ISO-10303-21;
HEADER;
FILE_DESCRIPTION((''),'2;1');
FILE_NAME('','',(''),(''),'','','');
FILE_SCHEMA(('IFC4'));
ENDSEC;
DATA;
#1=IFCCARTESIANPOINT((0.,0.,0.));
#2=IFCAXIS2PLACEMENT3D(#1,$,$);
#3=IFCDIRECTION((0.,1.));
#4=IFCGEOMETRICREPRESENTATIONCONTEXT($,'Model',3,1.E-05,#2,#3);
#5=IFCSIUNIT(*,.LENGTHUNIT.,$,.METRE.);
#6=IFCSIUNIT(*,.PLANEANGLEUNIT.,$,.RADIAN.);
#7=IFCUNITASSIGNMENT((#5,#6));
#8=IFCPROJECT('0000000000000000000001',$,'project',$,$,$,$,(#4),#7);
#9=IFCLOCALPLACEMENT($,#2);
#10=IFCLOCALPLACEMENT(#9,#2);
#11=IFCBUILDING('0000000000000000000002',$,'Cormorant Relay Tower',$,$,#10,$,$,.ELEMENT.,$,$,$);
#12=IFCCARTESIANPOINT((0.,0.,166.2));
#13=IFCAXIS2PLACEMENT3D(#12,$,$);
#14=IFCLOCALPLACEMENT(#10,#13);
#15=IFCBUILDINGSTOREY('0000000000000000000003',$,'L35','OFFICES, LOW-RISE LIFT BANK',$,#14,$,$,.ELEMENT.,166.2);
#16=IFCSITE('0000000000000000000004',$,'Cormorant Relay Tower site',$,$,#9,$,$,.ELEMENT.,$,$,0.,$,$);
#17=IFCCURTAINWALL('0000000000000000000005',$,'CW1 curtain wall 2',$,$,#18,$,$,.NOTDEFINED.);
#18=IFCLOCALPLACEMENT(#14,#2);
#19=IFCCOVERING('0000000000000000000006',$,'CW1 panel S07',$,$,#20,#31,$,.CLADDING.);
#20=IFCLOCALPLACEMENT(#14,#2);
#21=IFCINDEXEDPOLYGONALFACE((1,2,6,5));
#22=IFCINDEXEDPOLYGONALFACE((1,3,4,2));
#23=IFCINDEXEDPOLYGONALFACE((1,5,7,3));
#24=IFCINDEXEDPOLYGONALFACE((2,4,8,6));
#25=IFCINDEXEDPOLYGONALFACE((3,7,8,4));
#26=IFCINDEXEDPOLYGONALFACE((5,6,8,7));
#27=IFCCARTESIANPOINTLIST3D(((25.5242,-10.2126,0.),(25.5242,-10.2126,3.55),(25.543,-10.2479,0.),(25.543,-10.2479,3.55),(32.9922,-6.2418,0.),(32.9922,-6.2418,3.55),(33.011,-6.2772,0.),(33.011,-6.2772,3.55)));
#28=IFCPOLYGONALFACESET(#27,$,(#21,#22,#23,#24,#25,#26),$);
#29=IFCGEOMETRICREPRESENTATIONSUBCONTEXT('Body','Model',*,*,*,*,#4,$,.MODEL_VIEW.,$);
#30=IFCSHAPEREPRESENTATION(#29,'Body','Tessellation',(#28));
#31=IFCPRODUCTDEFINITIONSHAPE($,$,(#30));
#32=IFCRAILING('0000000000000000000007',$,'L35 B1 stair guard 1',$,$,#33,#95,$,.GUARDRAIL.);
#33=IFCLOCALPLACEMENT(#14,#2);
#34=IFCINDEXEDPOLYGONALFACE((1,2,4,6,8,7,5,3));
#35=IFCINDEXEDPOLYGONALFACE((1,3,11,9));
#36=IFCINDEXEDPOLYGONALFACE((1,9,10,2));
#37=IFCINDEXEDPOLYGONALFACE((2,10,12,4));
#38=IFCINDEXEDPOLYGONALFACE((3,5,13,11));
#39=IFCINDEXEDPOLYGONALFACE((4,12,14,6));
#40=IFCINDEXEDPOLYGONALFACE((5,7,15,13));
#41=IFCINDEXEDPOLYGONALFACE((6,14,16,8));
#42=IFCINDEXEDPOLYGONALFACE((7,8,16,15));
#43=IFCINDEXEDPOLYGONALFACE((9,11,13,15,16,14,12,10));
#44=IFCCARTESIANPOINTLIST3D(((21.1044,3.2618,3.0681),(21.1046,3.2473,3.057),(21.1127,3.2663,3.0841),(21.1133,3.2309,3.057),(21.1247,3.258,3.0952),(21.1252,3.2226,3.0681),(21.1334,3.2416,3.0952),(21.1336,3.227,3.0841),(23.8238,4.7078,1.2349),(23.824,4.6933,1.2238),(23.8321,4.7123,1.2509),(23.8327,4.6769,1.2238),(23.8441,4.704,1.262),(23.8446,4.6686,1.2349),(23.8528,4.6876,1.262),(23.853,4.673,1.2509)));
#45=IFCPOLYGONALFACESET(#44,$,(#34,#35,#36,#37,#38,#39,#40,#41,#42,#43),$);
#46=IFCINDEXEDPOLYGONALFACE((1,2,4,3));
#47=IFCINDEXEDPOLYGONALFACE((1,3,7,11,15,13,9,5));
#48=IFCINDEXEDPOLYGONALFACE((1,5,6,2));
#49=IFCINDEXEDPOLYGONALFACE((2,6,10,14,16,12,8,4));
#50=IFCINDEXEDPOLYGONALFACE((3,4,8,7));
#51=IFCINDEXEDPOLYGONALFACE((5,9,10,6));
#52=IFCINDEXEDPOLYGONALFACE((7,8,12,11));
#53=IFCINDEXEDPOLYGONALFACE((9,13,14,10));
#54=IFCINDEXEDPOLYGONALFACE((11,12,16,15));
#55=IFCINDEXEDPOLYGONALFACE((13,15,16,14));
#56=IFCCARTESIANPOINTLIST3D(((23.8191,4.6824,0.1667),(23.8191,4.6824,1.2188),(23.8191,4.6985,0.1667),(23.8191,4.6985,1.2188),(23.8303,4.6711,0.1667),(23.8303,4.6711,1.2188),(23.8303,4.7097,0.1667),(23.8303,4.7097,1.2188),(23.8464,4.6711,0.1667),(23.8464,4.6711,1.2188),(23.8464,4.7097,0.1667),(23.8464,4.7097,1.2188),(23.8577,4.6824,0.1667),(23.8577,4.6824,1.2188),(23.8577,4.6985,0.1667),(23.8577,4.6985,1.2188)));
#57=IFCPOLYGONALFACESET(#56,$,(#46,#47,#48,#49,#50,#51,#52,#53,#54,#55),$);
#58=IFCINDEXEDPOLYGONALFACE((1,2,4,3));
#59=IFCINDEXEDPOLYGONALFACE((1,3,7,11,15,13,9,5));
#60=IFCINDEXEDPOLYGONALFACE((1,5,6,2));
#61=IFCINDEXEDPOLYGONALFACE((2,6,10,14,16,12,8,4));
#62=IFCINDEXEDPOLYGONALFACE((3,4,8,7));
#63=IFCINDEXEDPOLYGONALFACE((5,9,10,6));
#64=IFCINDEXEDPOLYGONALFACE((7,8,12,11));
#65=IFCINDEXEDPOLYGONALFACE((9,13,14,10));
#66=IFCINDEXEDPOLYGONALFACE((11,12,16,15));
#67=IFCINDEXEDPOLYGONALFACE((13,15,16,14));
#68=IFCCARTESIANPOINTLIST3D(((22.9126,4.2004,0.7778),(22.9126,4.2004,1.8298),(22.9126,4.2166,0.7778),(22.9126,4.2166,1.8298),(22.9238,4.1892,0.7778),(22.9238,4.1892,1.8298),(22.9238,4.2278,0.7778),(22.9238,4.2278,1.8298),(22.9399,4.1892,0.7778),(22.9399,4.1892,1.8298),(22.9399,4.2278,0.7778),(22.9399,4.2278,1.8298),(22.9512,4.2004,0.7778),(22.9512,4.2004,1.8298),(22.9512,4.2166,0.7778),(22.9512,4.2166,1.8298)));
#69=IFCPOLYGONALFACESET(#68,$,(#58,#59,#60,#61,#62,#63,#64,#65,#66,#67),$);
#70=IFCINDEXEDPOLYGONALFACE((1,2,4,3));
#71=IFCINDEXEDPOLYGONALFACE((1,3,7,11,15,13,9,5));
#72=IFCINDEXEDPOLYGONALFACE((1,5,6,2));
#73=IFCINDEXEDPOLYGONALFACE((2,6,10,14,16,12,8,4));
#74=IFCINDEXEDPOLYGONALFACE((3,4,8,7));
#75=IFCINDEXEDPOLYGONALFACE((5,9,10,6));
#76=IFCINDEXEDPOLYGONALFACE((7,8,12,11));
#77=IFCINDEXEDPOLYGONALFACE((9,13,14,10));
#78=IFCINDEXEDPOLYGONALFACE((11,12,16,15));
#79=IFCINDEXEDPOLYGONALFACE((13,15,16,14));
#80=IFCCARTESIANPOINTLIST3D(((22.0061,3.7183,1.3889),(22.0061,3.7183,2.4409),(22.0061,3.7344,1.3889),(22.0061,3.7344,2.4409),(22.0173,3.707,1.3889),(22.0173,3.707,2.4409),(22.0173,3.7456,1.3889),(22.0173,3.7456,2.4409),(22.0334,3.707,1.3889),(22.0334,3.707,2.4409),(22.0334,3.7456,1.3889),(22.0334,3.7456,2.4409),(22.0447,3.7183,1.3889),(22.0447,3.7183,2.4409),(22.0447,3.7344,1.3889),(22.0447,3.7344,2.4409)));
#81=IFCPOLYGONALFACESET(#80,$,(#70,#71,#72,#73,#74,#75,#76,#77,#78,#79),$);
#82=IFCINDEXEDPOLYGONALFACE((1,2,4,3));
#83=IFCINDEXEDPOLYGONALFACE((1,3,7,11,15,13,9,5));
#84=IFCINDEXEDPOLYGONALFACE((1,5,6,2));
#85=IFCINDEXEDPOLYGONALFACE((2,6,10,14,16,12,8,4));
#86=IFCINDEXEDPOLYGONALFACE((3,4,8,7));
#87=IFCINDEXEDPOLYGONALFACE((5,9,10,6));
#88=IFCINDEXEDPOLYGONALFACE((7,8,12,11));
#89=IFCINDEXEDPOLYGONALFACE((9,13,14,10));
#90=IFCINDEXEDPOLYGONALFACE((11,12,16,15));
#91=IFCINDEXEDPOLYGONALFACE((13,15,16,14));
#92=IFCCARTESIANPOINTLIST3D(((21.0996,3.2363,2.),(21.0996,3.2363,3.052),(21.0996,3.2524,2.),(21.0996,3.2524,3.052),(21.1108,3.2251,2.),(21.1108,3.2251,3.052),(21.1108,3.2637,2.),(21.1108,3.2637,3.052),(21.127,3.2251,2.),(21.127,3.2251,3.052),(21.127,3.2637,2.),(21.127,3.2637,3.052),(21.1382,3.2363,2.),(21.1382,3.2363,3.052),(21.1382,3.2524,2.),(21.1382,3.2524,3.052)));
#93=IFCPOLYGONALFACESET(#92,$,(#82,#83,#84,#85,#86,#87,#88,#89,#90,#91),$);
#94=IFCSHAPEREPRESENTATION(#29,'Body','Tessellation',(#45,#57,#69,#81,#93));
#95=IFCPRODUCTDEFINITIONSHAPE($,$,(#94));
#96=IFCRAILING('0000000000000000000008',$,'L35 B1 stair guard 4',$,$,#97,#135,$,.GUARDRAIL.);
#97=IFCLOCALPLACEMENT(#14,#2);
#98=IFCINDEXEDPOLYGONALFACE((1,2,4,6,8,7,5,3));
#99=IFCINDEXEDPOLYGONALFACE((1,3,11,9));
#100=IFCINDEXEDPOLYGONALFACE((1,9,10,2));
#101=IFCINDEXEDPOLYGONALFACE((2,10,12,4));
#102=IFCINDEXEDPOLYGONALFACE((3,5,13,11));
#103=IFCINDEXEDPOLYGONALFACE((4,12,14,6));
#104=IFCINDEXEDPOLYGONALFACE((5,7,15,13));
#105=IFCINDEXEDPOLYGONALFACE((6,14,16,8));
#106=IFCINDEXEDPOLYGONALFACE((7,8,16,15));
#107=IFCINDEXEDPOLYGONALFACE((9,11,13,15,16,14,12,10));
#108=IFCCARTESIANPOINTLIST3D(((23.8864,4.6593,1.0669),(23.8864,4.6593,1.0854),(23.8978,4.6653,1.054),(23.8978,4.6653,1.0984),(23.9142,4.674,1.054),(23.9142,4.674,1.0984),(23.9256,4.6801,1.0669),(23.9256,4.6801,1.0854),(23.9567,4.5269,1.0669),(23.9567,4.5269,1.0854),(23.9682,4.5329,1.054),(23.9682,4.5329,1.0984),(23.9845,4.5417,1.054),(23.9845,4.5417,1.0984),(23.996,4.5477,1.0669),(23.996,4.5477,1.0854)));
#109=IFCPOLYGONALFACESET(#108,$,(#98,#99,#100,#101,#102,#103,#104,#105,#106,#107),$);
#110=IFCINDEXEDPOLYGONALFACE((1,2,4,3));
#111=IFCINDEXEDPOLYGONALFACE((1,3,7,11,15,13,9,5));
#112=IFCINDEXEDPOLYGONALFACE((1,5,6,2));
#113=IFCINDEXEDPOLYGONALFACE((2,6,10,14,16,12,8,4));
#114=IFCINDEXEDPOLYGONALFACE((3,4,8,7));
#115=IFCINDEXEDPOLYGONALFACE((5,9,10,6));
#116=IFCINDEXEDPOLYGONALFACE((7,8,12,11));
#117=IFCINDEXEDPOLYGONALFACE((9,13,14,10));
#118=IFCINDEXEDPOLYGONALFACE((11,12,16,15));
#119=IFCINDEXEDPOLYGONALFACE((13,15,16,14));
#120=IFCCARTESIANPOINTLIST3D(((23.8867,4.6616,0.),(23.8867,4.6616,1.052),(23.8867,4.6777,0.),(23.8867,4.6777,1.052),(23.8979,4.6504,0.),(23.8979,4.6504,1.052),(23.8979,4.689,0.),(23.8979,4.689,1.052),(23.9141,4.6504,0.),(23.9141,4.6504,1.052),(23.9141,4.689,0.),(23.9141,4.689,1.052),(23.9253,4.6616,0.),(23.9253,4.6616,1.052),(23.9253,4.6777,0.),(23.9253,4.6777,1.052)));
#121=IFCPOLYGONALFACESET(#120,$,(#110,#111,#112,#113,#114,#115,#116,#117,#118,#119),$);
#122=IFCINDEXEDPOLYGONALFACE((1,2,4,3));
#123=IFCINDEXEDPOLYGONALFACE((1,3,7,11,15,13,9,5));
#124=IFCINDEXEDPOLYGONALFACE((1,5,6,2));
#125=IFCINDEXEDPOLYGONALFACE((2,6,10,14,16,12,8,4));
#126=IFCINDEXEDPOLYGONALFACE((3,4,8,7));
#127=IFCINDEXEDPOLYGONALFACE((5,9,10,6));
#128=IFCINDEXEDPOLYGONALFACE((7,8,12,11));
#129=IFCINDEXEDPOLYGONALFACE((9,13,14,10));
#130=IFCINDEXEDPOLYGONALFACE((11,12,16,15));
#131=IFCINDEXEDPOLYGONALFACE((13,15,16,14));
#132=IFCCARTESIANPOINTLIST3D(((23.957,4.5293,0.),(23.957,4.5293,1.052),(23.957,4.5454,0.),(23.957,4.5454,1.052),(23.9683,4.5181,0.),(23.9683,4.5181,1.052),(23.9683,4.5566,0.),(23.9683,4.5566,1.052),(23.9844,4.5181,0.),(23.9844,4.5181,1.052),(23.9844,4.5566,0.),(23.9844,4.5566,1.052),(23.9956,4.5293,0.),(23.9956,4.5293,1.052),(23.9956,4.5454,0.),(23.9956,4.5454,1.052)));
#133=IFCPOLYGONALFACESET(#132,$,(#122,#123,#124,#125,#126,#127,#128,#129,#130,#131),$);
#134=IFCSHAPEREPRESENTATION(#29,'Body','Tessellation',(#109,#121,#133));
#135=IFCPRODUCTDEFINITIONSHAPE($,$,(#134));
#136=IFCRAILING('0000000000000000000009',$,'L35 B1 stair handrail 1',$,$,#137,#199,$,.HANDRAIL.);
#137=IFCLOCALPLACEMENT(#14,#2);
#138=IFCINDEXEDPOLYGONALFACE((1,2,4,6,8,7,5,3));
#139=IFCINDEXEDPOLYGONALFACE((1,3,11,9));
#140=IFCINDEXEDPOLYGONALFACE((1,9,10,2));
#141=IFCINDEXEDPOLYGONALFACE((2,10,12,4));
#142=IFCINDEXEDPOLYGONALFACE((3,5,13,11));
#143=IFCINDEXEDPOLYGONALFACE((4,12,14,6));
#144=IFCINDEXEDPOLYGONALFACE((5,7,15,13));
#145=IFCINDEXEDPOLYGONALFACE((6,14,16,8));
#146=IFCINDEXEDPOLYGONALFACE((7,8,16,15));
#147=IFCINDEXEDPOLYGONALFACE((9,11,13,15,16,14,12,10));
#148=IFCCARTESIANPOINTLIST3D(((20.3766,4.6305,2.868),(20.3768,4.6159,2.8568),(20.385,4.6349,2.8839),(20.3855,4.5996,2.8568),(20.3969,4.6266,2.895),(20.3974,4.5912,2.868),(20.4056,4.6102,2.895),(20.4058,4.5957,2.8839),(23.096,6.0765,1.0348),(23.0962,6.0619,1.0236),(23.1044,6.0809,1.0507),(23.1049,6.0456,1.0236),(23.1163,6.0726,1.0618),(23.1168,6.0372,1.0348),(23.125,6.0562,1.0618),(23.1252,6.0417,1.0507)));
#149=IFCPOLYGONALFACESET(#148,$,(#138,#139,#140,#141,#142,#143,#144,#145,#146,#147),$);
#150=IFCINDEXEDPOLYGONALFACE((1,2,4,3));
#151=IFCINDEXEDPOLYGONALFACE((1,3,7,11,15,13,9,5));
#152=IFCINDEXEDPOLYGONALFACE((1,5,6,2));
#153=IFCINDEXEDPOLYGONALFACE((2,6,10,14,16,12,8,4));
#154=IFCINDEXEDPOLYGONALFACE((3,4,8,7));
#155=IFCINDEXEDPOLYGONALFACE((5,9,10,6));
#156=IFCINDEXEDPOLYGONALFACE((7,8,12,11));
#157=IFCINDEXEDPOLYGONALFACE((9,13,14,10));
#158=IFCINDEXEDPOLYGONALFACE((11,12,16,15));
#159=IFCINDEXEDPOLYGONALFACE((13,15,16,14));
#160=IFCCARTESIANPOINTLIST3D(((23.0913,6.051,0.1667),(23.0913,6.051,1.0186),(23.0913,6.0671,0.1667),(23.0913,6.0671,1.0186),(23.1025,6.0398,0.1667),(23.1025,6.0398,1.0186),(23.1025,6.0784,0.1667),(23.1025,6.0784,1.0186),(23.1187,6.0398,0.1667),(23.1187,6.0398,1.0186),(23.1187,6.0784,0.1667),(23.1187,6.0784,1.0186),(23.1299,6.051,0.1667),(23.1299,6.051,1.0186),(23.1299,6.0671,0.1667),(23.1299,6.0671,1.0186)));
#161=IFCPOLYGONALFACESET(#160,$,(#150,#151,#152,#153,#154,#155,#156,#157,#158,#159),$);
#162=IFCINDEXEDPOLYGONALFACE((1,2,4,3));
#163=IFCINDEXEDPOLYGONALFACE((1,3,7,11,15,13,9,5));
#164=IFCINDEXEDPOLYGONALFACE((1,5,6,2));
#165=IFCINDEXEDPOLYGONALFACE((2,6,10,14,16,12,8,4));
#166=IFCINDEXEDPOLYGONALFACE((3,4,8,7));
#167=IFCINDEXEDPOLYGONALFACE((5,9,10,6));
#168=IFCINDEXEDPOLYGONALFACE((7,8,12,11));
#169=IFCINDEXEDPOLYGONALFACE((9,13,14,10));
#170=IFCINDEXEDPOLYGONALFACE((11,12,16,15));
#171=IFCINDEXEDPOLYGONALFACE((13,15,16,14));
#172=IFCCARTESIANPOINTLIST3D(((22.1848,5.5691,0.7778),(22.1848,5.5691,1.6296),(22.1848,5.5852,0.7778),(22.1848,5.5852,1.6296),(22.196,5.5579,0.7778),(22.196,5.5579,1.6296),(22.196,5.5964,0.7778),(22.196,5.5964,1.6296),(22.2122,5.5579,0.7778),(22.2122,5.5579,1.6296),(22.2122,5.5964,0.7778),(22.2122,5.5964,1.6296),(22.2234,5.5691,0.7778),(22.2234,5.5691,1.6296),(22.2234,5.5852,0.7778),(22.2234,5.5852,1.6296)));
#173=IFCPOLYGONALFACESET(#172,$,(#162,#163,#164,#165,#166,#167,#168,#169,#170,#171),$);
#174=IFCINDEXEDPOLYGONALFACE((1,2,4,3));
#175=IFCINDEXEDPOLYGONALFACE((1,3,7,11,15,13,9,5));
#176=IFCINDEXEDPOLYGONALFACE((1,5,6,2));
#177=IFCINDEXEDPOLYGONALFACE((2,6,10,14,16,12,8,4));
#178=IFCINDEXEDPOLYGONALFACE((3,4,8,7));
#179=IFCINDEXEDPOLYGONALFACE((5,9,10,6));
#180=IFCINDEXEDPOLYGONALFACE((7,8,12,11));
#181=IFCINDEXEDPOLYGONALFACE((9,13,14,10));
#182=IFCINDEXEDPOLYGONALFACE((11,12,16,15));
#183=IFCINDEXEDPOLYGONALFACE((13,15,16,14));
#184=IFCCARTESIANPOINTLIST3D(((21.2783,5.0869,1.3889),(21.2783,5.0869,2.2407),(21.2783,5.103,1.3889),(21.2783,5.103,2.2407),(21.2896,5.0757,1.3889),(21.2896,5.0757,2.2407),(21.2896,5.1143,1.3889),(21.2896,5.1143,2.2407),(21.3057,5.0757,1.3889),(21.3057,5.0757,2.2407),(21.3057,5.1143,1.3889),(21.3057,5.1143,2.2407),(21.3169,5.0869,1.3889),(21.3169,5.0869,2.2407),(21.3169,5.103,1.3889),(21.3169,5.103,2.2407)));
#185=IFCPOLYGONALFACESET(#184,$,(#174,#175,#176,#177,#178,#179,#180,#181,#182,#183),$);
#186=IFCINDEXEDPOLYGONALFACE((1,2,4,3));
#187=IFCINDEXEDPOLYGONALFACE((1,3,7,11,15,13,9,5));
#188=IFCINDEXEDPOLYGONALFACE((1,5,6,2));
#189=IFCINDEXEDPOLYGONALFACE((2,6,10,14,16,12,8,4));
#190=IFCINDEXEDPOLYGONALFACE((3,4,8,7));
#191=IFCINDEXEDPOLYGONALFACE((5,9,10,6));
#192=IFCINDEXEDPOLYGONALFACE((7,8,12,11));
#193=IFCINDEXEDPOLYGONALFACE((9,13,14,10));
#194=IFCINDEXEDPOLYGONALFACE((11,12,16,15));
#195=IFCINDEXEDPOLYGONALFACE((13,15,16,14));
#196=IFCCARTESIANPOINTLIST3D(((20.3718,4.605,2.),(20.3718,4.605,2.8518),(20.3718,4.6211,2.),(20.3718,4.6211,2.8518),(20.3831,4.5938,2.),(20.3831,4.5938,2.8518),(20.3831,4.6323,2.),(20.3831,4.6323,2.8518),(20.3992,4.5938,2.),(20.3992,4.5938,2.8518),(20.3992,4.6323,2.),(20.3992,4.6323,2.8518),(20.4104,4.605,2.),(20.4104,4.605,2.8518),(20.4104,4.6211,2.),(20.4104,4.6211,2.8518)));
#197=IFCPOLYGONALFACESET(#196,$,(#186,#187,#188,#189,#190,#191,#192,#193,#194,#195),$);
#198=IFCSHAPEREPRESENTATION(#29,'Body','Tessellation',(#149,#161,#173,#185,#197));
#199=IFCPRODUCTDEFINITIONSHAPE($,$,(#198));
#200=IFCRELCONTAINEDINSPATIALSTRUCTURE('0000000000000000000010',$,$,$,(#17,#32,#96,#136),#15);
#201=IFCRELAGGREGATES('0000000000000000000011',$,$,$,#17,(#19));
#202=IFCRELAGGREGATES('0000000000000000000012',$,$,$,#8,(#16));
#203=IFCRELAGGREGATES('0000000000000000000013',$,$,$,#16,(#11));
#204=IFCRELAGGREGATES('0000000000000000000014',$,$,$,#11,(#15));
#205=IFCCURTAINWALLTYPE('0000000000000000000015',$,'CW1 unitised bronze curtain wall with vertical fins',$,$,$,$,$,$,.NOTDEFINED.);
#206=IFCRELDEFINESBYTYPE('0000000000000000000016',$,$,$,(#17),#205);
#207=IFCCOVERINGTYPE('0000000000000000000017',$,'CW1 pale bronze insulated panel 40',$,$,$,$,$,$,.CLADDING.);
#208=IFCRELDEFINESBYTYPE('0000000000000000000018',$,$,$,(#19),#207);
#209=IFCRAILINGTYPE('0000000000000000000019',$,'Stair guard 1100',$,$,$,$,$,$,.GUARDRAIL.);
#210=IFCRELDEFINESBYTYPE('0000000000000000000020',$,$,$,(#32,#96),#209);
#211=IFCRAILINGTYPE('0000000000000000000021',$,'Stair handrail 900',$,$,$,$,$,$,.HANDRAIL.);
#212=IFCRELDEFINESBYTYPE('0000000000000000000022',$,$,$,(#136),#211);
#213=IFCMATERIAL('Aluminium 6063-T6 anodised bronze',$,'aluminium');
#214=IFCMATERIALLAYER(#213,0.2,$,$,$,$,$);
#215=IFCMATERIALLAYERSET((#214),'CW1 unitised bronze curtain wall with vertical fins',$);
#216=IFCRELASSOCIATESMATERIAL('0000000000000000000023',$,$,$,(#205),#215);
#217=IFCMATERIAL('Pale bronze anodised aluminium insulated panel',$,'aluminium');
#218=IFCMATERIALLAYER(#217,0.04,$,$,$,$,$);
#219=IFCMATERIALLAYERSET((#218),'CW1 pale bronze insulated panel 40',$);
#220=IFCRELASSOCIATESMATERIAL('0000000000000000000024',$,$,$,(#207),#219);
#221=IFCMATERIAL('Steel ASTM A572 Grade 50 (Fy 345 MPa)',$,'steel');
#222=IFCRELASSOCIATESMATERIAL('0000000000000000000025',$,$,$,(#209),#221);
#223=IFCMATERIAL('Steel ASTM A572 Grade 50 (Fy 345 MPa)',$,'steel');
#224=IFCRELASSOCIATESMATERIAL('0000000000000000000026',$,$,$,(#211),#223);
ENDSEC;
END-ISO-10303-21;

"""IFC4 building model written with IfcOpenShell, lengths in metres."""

from ifc_helpers import new_model, si_unit, direction, frame, origin, origin_2d, place, context, subcontext, project, spatial, polyline, rectangle, outline, extrude, material, layer, layer_set, type_object, element, aggregate, save


model = new_model("IFC4")

# Units and contexts
model_context = context("Model", 3, precision=1e-05, world=origin(), true_north=direction((0.0, 1.0)))
body_context = subcontext(model_context, "Body", "Model", "MODEL_VIEW")
ifc_project = project(units=[si_unit("LENGTHUNIT", "METRE"), si_unit("PLANEANGLEUNIT", "RADIAN")], contexts=[model_context])

# Site, building, storey
site_placement = place(None, origin())
site = spatial("IfcSite", under=ifc_project, at=site_placement, Name="Cormorant Relay Tower site", CompositionType="ELEMENT", RefElevation=0.0)
building_placement = place(site_placement, origin())
building = spatial("IfcBuilding", under=site, at=building_placement, Name="Cormorant Relay Tower", CompositionType="ELEMENT")
storey_placement = place(building_placement, frame((0.0, 0.0, 166.2)))
storey = spatial("IfcBuildingStorey", under=building, at=storey_placement, Name="L35", Description="OFFICES, LOW-RISE LIFT BANK", CompositionType="ELEMENT", Elevation=166.2)

# Curtain wall
ifc_material_1 = material(Name="Aluminium 6063-T6 anodised bronze", Category="aluminium")
ifc_layer_1 = layer(ifc_material_1, 0.2)
ifc_layer_set_1 = layer_set([ifc_layer_1], Name="CW1 unitised bronze curtain wall with vertical fins")
curtain_wall_type = type_object("IfcCurtainWallType", Name="CW1 unitised bronze curtain wall with vertical fins", PredefinedType="NOTDEFINED", material=ifc_layer_set_1)
curtain_wall_placement = place(storey_placement, origin())
curtain_wall = element("IfcCurtainWall", 1, at=curtain_wall_placement, inside=storey, type_object=curtain_wall_type, Name="CW1 curtain wall 2", PredefinedType="NOTDEFINED")

# Covering
ifc_material_2 = material(Name="Pale bronze anodised aluminium insulated panel", Category="aluminium")
ifc_layer_2 = layer(ifc_material_2, 0.04)
ifc_layer_set_2 = layer_set([ifc_layer_2], Name="CW1 pale bronze insulated panel 40")
covering_type = type_object("IfcCoveringType", Name="CW1 pale bronze insulated panel 40", PredefinedType="CLADDING", material=ifc_layer_set_2)
covering_placement = place(storey_placement, frame((29.2676, -8.2449, 0.0), z_axis=(0.0, 0.0, 1.0), x_axis=(0.882948, 0.469472, 0.0)))
covering = element("IfcCovering", 2, at=covering_placement, type_object=covering_type, Name="CW1 panel S07", PredefinedType="CLADDING", context=body_context, shape_type="SweptSolid", body=[
    extrude(rectangle(XDim=8.458, YDim=0.04, at=origin_2d()), origin(), (0.0, 0.0, 1.0), 3.55),
])
aggregate(curtain_wall, [covering])

# Railings
ifc_material_3 = material(Name="Steel ASTM A572 Grade 50 (Fy 345 MPa)", Category="steel")
railing_type_1 = type_object("IfcRailingType", Name="Stair guard 1100", PredefinedType="GUARDRAIL", material=ifc_material_3)
railing_1_placement = place(storey_placement, frame((23.8384, 4.6904, 0.1667)))
element("IfcRailing", 3, at=railing_1_placement, inside=storey, type_object=railing_type_1, Name="L35 B1 stair guard 1", PredefinedType="GUARDRAIL", context=body_context, shape_type="SweptSolid", body=[
    extrude(outline(polyline([(0.0222, 0.0093), (0.0093, 0.0222), (-0.0093, 0.0222), (-0.0222, 0.0093), (-0.0222, -0.0093), (-0.0093, -0.0222), (0.0093, -0.0222), (0.0222, -0.0093), (0.0222, 0.0093)])), frame((0.0, 0.0, 1.0762), z_axis=(-0.758714, -0.403435, 0.511463), x_axis=(0.469489, -0.882938, 0.0)), (0.0, 0.0, 1.0), 3.5842),
    extrude(outline(polyline([(0.0193, 0.0081), (0.0081, 0.0193), (-0.0081, 0.0193), (-0.0193, 0.0081), (-0.0193, -0.0081), (-0.0081, -0.0193), (0.0081, -0.0193), (0.0193, -0.0081), (0.0193, 0.0081)])), origin(), (0.0, 0.0, 1.0), 1.052),
    extrude(outline(polyline([(0.0193, 0.0081), (0.0081, 0.0193), (-0.0081, 0.0193), (-0.0193, 0.0081), (-0.0193, -0.0081), (-0.0081, -0.0193), (0.0081, -0.0193), (0.0193, -0.0081), (0.0193, 0.0081)])), frame((-0.9065, -0.4819, 0.6111)), (0.0, 0.0, 1.0), 1.052),
    extrude(outline(polyline([(0.0193, 0.0081), (0.0081, 0.0193), (-0.0081, 0.0193), (-0.0193, 0.0081), (-0.0193, -0.0081), (-0.0081, -0.0193), (0.0081, -0.0193), (0.0193, -0.0081), (0.0193, 0.0081)])), frame((-1.813, -0.9641, 1.2222)), (0.0, 0.0, 1.0), 1.052),
    extrude(outline(polyline([(0.0193, 0.0081), (0.0081, 0.0193), (-0.0081, 0.0193), (-0.0193, 0.0081), (-0.0193, -0.0081), (-0.0081, -0.0193), (0.0081, -0.0193), (0.0193, -0.0081), (0.0193, 0.0081)])), frame((-2.7195, -1.446, 1.8333)), (0.0, 0.0, 1.0), 1.052),
])
railing_2_placement = place(storey_placement, frame((23.906, 4.6697, 0.0)))
element("IfcRailing", 4, at=railing_2_placement, inside=storey, type_object=railing_type_1, Name="L35 B1 stair guard 4", PredefinedType="GUARDRAIL", context=body_context, shape_type="SweptSolid", body=[
    extrude(outline(polyline([(0.0222, 0.0093), (0.0093, 0.0222), (-0.0093, 0.0222), (-0.0222, 0.0093), (-0.0222, -0.0093), (-0.0093, -0.0222), (0.0093, -0.0222), (0.0222, -0.0093), (0.0222, 0.0093)])), frame((0.0, 0.0, 1.0762), z_axis=(0.469235, -0.883074, 0.0), x_axis=(0.883074, 0.469235, 0.0)), (0.0, 0.0, 1.0), 0.1499),
    extrude(outline(polyline([(0.0193, 0.0081), (0.0081, 0.0193), (-0.0081, 0.0193), (-0.0193, 0.0081), (-0.0193, -0.0081), (-0.0081, -0.0193), (0.0081, -0.0193), (0.0193, -0.0081), (0.0193, 0.0081)])), origin(), (0.0, 0.0, 1.0), 1.052),
    extrude(outline(polyline([(0.0193, 0.0081), (0.0081, 0.0193), (-0.0081, 0.0193), (-0.0193, 0.0081), (-0.0193, -0.0081), (-0.0081, -0.0193), (0.0081, -0.0193), (0.0193, -0.0081), (0.0193, 0.0081)])), frame((0.0703, -0.1323, 0.0)), (0.0, 0.0, 1.0), 1.052),
])
ifc_material_4 = material(Name="Steel ASTM A572 Grade 50 (Fy 345 MPa)", Category="steel")
railing_type_2 = type_object("IfcRailingType", Name="Stair handrail 900", PredefinedType="HANDRAIL", material=ifc_material_4)
railing_3_placement = place(storey_placement, frame((23.1106, 6.0591, 0.1667)))
element("IfcRailing", 5, at=railing_3_placement, inside=storey, type_object=railing_type_2, Name="L35 B1 stair handrail 1", PredefinedType="HANDRAIL", context=body_context, shape_type="SweptSolid", body=[
    extrude(outline(polyline([(0.0222, 0.0093), (0.0093, 0.0222), (-0.0093, 0.0222), (-0.0222, 0.0093), (-0.0222, -0.0093), (-0.0093, -0.0222), (0.0093, -0.0222), (0.0222, -0.0093), (0.0222, 0.0093)])), frame((0.0, 0.0, 0.876), z_axis=(-0.758714, -0.403435, 0.511463), x_axis=(0.469489, -0.882938, 0.0)), (0.0, 0.0, 1.0), 3.5842),
    extrude(outline(polyline([(0.0193, 0.0081), (0.0081, 0.0193), (-0.0081, 0.0193), (-0.0193, 0.0081), (-0.0193, -0.0081), (-0.0081, -0.0193), (0.0081, -0.0193), (0.0193, -0.0081), (0.0193, 0.0081)])), origin(), (0.0, 0.0, 1.0), 0.8518),
    extrude(outline(polyline([(0.0193, 0.0081), (0.0081, 0.0193), (-0.0081, 0.0193), (-0.0193, 0.0081), (-0.0193, -0.0081), (-0.0081, -0.0193), (0.0081, -0.0193), (0.0193, -0.0081), (0.0193, 0.0081)])), frame((-0.9065, -0.4819, 0.6111)), (0.0, 0.0, 1.0), 0.8518),
    extrude(outline(polyline([(0.0193, 0.0081), (0.0081, 0.0193), (-0.0081, 0.0193), (-0.0193, 0.0081), (-0.0193, -0.0081), (-0.0081, -0.0193), (0.0081, -0.0193), (0.0193, -0.0081), (0.0193, 0.0081)])), frame((-1.813, -0.9641, 1.2222)), (0.0, 0.0, 1.0), 0.8518),
    extrude(outline(polyline([(0.0193, 0.0081), (0.0081, 0.0193), (-0.0081, 0.0193), (-0.0193, 0.0081), (-0.0193, -0.0081), (-0.0081, -0.0193), (0.0081, -0.0193), (0.0193, -0.0081), (0.0193, 0.0081)])), frame((-2.7195, -1.446, 1.8333)), (0.0, 0.0, 1.0), 0.8518),
])

save(model, "model.ifc")
